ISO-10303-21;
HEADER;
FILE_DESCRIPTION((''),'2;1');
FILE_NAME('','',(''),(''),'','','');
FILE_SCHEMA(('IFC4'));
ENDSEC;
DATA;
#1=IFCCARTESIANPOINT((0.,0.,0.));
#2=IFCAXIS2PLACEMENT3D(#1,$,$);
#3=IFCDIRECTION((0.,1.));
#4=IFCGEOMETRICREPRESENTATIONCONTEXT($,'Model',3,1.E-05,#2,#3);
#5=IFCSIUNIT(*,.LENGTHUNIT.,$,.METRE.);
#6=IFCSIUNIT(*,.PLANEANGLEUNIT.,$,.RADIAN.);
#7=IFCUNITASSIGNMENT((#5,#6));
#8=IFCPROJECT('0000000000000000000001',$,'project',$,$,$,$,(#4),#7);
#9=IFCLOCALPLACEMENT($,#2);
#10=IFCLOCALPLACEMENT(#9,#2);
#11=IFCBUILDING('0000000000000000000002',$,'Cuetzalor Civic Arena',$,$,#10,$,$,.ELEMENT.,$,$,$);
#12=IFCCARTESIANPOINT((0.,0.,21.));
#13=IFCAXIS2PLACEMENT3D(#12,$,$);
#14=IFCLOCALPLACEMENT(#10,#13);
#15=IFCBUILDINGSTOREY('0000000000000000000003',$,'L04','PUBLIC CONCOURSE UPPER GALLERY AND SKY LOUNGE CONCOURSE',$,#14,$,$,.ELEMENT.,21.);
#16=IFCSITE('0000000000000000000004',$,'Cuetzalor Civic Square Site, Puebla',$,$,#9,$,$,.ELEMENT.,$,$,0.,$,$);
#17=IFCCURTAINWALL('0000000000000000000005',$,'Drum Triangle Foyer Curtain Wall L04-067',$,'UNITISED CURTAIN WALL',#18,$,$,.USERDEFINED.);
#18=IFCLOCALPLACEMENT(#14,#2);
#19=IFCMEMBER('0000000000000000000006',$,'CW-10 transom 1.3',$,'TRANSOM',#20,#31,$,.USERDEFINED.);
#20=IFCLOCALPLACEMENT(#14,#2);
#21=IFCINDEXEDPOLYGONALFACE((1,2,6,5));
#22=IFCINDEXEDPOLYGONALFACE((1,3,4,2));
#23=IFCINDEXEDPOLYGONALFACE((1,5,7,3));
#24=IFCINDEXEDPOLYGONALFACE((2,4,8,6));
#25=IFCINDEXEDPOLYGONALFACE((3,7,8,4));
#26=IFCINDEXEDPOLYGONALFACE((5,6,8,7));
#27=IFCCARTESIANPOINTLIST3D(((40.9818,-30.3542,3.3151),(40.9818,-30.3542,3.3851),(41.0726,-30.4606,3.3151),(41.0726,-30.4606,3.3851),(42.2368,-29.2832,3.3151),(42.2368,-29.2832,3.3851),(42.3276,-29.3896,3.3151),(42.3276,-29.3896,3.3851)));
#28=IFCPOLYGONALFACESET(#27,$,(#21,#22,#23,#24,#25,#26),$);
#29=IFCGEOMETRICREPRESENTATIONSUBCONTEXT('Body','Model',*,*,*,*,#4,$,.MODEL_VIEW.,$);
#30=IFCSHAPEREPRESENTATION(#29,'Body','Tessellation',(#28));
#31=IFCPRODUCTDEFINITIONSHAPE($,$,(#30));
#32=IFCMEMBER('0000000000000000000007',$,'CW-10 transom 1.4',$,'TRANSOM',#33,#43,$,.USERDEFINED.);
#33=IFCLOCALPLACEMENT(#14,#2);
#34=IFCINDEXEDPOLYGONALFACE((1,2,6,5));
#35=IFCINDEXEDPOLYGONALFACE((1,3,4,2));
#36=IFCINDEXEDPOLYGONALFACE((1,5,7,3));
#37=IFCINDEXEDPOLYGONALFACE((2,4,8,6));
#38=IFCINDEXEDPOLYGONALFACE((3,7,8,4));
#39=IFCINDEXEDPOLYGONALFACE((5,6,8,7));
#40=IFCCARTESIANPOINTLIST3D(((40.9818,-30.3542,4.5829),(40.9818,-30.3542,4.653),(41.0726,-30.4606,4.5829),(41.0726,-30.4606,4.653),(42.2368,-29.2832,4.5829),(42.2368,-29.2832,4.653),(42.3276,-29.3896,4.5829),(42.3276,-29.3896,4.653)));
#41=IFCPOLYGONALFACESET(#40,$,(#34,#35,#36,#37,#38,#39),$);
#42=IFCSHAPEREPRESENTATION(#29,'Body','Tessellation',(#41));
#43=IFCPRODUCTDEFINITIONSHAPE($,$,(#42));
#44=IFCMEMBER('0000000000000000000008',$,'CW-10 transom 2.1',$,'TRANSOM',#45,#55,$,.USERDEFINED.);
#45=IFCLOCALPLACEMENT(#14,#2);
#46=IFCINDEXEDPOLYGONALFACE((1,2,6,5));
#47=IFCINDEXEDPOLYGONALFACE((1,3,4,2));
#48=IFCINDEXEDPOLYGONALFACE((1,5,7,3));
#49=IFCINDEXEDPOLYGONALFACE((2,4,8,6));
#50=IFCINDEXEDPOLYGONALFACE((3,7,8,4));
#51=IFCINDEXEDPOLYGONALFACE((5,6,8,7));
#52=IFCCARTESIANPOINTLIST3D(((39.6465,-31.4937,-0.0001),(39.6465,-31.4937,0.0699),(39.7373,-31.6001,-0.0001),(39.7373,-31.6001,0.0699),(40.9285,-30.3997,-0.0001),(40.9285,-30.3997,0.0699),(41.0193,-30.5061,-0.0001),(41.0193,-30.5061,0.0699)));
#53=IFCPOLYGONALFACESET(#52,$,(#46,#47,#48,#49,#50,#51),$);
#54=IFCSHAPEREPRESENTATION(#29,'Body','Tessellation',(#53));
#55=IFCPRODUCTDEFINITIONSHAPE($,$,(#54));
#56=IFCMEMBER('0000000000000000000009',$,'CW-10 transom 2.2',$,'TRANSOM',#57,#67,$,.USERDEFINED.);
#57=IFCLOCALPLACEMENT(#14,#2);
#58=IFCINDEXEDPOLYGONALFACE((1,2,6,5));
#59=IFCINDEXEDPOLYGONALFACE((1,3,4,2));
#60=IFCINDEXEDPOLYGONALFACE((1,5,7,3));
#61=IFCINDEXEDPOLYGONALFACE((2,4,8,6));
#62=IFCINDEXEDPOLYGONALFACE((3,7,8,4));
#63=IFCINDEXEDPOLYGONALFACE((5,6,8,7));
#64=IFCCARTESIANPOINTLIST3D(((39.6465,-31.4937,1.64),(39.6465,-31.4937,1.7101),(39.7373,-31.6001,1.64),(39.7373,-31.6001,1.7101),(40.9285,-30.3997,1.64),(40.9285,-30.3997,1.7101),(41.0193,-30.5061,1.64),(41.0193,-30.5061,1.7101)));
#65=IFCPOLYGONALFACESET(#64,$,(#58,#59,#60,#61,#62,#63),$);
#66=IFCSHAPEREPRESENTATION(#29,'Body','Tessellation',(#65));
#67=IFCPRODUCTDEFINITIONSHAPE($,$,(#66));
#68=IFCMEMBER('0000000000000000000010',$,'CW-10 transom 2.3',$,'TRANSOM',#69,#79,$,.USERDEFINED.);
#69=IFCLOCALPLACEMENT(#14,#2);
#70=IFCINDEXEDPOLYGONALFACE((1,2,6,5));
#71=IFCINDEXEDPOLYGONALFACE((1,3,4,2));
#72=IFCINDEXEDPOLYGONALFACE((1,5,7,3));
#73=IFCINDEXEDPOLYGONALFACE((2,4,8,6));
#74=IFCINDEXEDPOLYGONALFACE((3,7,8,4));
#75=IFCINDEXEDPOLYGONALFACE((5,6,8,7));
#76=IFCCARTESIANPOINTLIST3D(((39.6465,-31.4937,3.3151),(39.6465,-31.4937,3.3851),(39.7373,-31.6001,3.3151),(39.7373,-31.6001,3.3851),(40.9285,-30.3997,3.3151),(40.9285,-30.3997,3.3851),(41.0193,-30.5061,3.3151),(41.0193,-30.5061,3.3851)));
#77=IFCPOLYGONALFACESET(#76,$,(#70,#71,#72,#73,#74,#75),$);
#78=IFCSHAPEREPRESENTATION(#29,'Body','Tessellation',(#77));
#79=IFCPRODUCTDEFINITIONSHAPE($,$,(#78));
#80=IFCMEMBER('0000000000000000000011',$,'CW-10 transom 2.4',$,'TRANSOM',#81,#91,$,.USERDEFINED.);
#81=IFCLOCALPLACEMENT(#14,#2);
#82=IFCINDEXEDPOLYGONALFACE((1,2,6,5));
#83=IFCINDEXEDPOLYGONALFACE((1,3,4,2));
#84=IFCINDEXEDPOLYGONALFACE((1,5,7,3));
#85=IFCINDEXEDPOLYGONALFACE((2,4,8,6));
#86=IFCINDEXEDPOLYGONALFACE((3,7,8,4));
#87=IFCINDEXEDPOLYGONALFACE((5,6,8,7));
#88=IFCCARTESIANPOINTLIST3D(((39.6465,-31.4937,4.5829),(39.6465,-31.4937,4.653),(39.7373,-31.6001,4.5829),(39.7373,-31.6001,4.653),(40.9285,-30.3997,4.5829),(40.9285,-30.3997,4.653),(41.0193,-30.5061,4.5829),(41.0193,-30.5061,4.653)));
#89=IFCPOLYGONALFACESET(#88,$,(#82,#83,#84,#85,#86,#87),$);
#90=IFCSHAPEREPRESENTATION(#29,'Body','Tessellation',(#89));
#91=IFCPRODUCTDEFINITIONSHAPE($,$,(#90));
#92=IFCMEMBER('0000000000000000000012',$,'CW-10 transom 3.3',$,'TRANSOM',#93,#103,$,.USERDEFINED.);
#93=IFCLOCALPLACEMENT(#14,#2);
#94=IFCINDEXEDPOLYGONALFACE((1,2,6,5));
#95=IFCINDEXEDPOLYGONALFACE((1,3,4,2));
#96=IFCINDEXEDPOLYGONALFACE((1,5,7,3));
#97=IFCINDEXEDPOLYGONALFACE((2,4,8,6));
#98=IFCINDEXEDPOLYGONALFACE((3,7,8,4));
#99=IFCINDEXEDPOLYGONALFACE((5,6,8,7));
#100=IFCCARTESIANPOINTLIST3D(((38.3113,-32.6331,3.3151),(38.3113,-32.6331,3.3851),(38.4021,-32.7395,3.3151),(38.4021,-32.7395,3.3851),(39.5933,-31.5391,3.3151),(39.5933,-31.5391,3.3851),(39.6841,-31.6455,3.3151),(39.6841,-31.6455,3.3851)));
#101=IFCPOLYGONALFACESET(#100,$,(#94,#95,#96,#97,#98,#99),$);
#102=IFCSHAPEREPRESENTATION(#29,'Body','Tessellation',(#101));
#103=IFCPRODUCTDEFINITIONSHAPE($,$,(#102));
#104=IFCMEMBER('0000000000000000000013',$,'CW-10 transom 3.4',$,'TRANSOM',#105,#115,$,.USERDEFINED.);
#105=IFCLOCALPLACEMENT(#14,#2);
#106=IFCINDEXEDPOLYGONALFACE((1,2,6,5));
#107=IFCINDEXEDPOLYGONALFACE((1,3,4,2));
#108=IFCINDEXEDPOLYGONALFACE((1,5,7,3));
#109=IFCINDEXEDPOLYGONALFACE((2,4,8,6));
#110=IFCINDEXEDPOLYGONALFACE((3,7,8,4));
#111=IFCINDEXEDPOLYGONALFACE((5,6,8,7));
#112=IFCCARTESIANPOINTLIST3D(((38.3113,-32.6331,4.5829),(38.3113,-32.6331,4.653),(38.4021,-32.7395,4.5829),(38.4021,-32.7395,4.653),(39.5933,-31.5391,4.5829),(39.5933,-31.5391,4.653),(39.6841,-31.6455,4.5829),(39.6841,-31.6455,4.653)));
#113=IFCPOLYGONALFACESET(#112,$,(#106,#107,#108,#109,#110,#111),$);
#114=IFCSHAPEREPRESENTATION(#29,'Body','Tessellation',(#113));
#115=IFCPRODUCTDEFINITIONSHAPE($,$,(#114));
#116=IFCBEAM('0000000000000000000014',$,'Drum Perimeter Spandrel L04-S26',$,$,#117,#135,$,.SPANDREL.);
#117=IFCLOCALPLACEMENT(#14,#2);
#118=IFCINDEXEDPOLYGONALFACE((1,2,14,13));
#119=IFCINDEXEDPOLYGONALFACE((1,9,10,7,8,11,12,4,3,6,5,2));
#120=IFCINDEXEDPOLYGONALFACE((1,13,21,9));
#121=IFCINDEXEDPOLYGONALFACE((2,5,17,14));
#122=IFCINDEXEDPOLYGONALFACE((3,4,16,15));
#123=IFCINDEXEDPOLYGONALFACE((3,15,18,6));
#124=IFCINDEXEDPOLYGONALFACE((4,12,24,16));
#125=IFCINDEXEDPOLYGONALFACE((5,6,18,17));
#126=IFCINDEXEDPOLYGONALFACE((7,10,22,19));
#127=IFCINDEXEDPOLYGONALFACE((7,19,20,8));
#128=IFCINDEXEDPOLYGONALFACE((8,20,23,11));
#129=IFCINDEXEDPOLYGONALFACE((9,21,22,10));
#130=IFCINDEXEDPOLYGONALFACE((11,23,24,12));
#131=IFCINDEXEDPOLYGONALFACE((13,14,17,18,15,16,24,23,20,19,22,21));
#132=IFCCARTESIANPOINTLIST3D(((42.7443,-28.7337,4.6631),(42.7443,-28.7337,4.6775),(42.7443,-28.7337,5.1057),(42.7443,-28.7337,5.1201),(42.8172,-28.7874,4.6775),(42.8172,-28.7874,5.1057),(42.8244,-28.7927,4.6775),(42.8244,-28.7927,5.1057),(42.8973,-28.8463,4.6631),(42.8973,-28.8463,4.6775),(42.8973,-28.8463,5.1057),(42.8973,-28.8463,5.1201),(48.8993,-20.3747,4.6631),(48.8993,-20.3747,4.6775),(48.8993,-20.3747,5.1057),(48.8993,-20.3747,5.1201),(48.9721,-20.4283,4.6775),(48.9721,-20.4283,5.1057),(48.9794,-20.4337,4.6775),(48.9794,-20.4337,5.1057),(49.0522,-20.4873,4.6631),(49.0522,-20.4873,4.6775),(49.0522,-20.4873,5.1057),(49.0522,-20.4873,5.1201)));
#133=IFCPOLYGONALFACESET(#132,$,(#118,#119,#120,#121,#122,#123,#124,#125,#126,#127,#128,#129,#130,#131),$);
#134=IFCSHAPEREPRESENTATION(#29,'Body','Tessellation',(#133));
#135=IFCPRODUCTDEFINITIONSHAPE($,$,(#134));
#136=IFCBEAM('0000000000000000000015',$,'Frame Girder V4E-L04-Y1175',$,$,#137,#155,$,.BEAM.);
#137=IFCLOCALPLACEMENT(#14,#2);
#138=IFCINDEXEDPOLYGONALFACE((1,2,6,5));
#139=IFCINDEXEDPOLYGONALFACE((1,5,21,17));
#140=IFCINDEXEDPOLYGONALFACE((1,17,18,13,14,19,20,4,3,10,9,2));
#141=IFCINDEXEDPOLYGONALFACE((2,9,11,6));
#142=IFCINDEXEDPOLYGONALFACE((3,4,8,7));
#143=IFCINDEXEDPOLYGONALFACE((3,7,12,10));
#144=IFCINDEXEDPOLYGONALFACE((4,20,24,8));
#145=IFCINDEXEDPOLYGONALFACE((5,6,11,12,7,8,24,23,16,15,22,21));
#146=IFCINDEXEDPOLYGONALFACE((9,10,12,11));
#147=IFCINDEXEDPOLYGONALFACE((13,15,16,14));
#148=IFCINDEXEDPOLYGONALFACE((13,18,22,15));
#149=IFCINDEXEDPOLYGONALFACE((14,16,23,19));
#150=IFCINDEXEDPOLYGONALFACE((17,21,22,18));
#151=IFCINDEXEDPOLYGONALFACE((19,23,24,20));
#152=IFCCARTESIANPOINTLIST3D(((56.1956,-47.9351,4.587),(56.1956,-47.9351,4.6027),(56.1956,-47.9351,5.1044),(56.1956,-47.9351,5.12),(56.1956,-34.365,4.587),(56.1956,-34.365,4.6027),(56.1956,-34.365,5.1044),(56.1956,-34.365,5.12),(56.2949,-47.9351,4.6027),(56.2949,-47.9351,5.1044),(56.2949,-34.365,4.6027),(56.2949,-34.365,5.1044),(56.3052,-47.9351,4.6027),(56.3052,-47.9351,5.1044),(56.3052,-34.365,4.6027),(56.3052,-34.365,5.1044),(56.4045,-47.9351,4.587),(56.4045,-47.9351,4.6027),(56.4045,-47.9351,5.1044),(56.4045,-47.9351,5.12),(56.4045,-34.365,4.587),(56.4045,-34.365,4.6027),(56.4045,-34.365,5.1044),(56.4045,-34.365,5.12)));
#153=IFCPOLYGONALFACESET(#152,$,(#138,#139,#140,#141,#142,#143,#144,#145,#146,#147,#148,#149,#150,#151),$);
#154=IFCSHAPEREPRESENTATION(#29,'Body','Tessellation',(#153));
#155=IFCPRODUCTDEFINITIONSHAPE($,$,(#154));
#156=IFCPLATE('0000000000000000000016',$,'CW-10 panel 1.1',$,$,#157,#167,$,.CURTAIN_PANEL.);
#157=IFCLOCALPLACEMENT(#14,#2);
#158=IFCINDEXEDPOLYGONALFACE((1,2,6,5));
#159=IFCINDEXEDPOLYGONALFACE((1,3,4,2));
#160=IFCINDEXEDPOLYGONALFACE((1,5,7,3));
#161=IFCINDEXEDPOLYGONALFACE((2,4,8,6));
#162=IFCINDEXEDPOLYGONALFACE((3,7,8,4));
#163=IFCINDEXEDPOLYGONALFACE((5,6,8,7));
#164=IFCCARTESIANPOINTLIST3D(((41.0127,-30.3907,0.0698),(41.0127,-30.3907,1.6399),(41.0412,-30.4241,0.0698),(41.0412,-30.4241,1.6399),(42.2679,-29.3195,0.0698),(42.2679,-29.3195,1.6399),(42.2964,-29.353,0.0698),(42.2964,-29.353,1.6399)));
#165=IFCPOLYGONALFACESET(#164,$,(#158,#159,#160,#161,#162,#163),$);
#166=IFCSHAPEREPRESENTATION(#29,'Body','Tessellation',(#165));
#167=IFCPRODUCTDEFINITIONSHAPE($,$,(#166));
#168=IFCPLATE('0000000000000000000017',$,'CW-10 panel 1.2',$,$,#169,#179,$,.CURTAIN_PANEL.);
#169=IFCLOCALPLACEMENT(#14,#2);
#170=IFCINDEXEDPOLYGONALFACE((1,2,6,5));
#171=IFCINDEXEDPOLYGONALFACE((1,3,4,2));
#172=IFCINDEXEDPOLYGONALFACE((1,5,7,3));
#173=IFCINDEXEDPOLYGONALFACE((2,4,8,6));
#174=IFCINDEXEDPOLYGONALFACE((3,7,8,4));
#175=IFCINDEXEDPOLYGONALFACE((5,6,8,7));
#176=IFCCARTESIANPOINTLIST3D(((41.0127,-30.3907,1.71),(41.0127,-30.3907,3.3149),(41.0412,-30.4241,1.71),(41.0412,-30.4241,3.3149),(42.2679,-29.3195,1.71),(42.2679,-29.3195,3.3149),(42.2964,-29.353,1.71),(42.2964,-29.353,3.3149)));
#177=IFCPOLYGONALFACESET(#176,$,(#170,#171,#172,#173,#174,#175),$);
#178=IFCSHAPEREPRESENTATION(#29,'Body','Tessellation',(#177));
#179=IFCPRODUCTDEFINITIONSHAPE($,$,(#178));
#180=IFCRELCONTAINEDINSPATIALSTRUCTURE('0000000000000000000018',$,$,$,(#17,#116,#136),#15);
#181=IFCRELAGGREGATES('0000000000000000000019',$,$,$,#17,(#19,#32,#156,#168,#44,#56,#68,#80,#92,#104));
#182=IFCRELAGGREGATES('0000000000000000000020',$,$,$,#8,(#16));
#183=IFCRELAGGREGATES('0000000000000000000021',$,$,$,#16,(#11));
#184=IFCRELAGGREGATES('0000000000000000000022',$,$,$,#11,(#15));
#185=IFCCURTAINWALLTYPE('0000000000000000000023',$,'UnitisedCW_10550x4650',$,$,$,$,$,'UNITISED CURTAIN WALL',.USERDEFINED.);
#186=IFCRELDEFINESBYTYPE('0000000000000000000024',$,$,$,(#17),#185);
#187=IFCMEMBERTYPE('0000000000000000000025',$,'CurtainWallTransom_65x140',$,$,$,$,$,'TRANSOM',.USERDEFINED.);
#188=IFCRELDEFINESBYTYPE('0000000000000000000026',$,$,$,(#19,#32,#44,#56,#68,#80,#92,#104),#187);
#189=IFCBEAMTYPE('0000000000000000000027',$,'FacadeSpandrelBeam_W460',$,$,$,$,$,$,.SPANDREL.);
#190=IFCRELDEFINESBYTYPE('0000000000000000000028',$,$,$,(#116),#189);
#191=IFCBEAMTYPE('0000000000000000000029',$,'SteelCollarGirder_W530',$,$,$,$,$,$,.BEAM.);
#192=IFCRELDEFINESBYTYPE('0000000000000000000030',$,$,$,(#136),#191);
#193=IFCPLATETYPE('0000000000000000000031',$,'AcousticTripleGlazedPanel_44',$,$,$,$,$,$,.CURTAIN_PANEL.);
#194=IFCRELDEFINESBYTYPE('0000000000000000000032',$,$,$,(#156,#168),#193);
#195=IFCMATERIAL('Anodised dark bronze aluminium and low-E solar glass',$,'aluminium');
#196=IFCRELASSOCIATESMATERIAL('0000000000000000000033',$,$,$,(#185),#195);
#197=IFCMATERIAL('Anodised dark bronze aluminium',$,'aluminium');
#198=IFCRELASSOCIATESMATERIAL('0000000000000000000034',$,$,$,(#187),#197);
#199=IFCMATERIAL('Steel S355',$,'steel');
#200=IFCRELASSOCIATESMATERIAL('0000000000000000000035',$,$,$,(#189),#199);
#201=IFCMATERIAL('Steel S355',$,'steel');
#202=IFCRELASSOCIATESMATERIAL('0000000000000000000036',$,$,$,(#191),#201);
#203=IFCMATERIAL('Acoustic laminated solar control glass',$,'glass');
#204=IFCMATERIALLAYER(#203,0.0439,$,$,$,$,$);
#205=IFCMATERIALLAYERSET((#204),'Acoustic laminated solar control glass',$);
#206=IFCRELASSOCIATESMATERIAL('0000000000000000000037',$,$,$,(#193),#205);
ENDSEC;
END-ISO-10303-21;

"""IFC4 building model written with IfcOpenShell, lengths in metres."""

from ifc_helpers import new_model, si_unit, direction, frame, origin, origin_2d, place, context, subcontext, project, spatial, rectangle, i_section, extrude, material, layer, layer_set, material_profile, profile_set, type_object, element, aggregate, save


model = new_model("IFC4")

# Units and contexts
model_context = context("Model", 3, precision=1e-05, world=origin(), true_north=direction((0.0, 1.0)))
body_context = subcontext(model_context, "Body", "Model", "MODEL_VIEW")
ifc_project = project(units=[si_unit("LENGTHUNIT", "METRE"), si_unit("PLANEANGLEUNIT", "RADIAN")], contexts=[model_context])

# Site, building, storey
site_placement = place(None, origin())
site = spatial("IfcSite", under=ifc_project, at=site_placement, Name="Cuetzalor Civic Square Site, Puebla", CompositionType="ELEMENT", RefElevation=0.0)
building_placement = place(site_placement, origin())
building = spatial("IfcBuilding", under=site, at=building_placement, Name="Cuetzalor Civic Arena", CompositionType="ELEMENT")
storey_placement = place(building_placement, frame((0.0, 0.0, 21.0)))
storey = spatial("IfcBuildingStorey", under=building, at=storey_placement, Name="L04", Description="PUBLIC CONCOURSE UPPER GALLERY AND SKY LOUNGE CONCOURSE", CompositionType="ELEMENT", Elevation=21.0)

# Curtain wall, members
ifc_material_1 = material(Name="Anodised dark bronze aluminium and low-E solar glass", Category="aluminium")
curtain_wall_type = type_object("IfcCurtainWallType", Name="UnitisedCW_10550x4650", ElementType="UNITISED CURTAIN WALL", PredefinedType="USERDEFINED", material=ifc_material_1)
curtain_wall_placement = place(storey_placement, origin())
curtain_wall = element("IfcCurtainWall", 1, at=curtain_wall_placement, inside=storey, type_object=curtain_wall_type, Name="Drum Triangle Foyer Curtain Wall L04-067", ObjectType="UNITISED CURTAIN WALL", PredefinedType="USERDEFINED")
ifc_material_2 = material(Name="Anodised dark bronze aluminium", Category="aluminium")
ifc_material_profile_1 = material_profile(ifc_material_2, rectangle(XDim=0.1399, YDim=0.0701, at=origin_2d()), Name="ALU TRANSOM 70x140")
ifc_profile_set_1 = profile_set([ifc_material_profile_1], Name="Anodised dark bronze aluminium")
member_type_1 = type_object("IfcMemberType", Name="CurtainWallTransom_65x140", ElementType="TRANSOM", PredefinedType="USERDEFINED", material=ifc_profile_set_1)
member_1_placement = place(storey_placement, frame((42.2822, -29.3364, 3.3501), z_axis=(-0.760686, -0.64912, 0.0), x_axis=(0.64912, -0.760686, 0.0)))
member_1 = element("IfcMember", 2, at=member_1_placement, type_object=member_type_1, Name="CW-10 transom 1.3", ObjectType="TRANSOM", PredefinedType="USERDEFINED", context=body_context, shape_type="SweptSolid", body=[
    extrude(rectangle(XDim=0.1399, YDim=0.0701, at=origin_2d()), origin(), (0.0, 0.0, 1.0), 1.6499),
])
member_2_placement = place(storey_placement, frame((42.2822, -29.3364, 4.6179), z_axis=(-0.760686, -0.64912, 0.0), x_axis=(0.64912, -0.760686, 0.0)))
member_2 = element("IfcMember", 3, at=member_2_placement, type_object=member_type_1, Name="CW-10 transom 1.4", ObjectType="TRANSOM", PredefinedType="USERDEFINED", context=body_context, shape_type="SweptSolid", body=[
    extrude(rectangle(XDim=0.1399, YDim=0.0701, at=origin_2d()), origin(), (0.0, 0.0, 1.0), 1.6499),
])
member_3_placement = place(storey_placement, frame((40.9739, -30.4529, 0.0349), z_axis=(-0.760676, -0.649132, 0.0), x_axis=(0.649132, -0.760676, 0.0)))
member_3 = element("IfcMember", 4, at=member_3_placement, type_object=member_type_1, Name="CW-10 transom 2.1", ObjectType="TRANSOM", PredefinedType="USERDEFINED", context=body_context, shape_type="SweptSolid", body=[
    extrude(rectangle(XDim=0.1399, YDim=0.0701, at=origin_2d()), origin(), (0.0, 0.0, 1.0), 1.6853),
])
member_4_placement = place(storey_placement, frame((40.9739, -30.4529, 1.675), z_axis=(-0.760676, -0.649132, 0.0), x_axis=(0.649132, -0.760676, 0.0)))
member_4 = element("IfcMember", 5, at=member_4_placement, type_object=member_type_1, Name="CW-10 transom 2.2", ObjectType="TRANSOM", PredefinedType="USERDEFINED", context=body_context, shape_type="SweptSolid", body=[
    extrude(rectangle(XDim=0.1399, YDim=0.0701, at=origin_2d()), origin(), (0.0, 0.0, 1.0), 1.6853),
])
member_5_placement = place(storey_placement, frame((40.9739, -30.4529, 3.3501), z_axis=(-0.760676, -0.649132, 0.0), x_axis=(0.649132, -0.760676, 0.0)))
member_5 = element("IfcMember", 6, at=member_5_placement, type_object=member_type_1, Name="CW-10 transom 2.3", ObjectType="TRANSOM", PredefinedType="USERDEFINED", context=body_context, shape_type="SweptSolid", body=[
    extrude(rectangle(XDim=0.1399, YDim=0.0701, at=origin_2d()), origin(), (0.0, 0.0, 1.0), 1.6853),
])
member_6_placement = place(storey_placement, frame((40.9739, -30.4529, 4.6179), z_axis=(-0.760676, -0.649132, 0.0), x_axis=(0.649132, -0.760676, 0.0)))
member_6 = element("IfcMember", 7, at=member_6_placement, type_object=member_type_1, Name="CW-10 transom 2.4", ObjectType="TRANSOM", PredefinedType="USERDEFINED", context=body_context, shape_type="SweptSolid", body=[
    extrude(rectangle(XDim=0.1399, YDim=0.0701, at=origin_2d()), origin(), (0.0, 0.0, 1.0), 1.6853),
])
member_7_placement = place(storey_placement, frame((39.6387, -31.5923, 3.3501), z_axis=(-0.760676, -0.649132, 0.0), x_axis=(0.649132, -0.760676, 0.0)))
member_7 = element("IfcMember", 8, at=member_7_placement, type_object=member_type_1, Name="CW-10 transom 3.3", ObjectType="TRANSOM", PredefinedType="USERDEFINED", context=body_context, shape_type="SweptSolid", body=[
    extrude(rectangle(XDim=0.1399, YDim=0.0701, at=origin_2d()), origin(), (0.0, 0.0, 1.0), 1.6853),
])
member_8_placement = place(storey_placement, frame((39.6387, -31.5923, 4.6179), z_axis=(-0.760676, -0.649132, 0.0), x_axis=(0.649132, -0.760676, 0.0)))
member_8 = element("IfcMember", 9, at=member_8_placement, type_object=member_type_1, Name="CW-10 transom 3.4", ObjectType="TRANSOM", PredefinedType="USERDEFINED", context=body_context, shape_type="SweptSolid", body=[
    extrude(rectangle(XDim=0.1399, YDim=0.0701, at=origin_2d()), origin(), (0.0, 0.0, 1.0), 1.6853),
])

# Beams
ifc_material_3 = material(Name="Steel S355", Category="steel")
ifc_material_profile_2 = material_profile(ifc_material_3, i_section(OverallWidth=0.1899, OverallDepth=0.457, WebThickness=0.009, FlangeThickness=0.0144, at=origin_2d()), Name="W460x74")
ifc_profile_set_2 = profile_set([ifc_material_profile_2], Name="Steel S355")
beam_type_1 = type_object("IfcBeamType", Name="FacadeSpandrelBeam_W460", PredefinedType="SPANDREL", material=ifc_profile_set_2)
beam_1_placement = place(storey_placement, frame((42.8208, -28.79, 4.8916), z_axis=(0.592929, 0.805255, 0.0), x_axis=(-0.805255, 0.592929, 0.0)))
element("IfcBeam", 10, at=beam_1_placement, inside=storey, type_object=beam_type_1, Name="Drum Perimeter Spandrel L04-S26", PredefinedType="SPANDREL", context=body_context, shape_type="SweptSolid", body=[
    extrude(i_section(OverallWidth=0.1899, OverallDepth=0.457, WebThickness=0.009, FlangeThickness=0.0144, at=origin_2d()), origin(), (0.0, 0.0, 1.0), 10.3806),
])
ifc_material_4 = material(Name="Steel S355", Category="steel")
ifc_material_profile_3 = material_profile(ifc_material_4, i_section(OverallWidth=0.209, OverallDepth=0.533, WebThickness=0.0103, FlangeThickness=0.0156, at=origin_2d()), Name="W530x92")
ifc_profile_set_3 = profile_set([ifc_material_profile_3], Name="Steel S355")
beam_type_2 = type_object("IfcBeamType", Name="SteelCollarGirder_W530", PredefinedType="BEAM", material=ifc_profile_set_3)
beam_2_placement = place(storey_placement, frame((56.3, -47.9351, 4.8535), z_axis=(0.0, 1.0, 0.0), x_axis=(-1.0, 0.0, 0.0)))
element("IfcBeam", 11, at=beam_2_placement, inside=storey, type_object=beam_type_2, Name="Frame Girder V4E-L04-Y1175", PredefinedType="BEAM", context=body_context, shape_type="SweptSolid", body=[
    extrude(i_section(OverallWidth=0.209, OverallDepth=0.533, WebThickness=0.0103, FlangeThickness=0.0156, at=origin_2d()), origin(), (0.0, 0.0, 1.0), 13.5701),
])

# Plates
ifc_material_5 = material(Name="Acoustic laminated solar control glass", Category="glass")
ifc_layer_1 = layer(ifc_material_5, 0.0439)
ifc_layer_set_1 = layer_set([ifc_layer_1], Name="Acoustic laminated solar control glass")
plate_type = type_object("IfcPlateType", Name="AcousticTripleGlazedPanel_44", PredefinedType="CURTAIN_PANEL", material=ifc_layer_set_1)
plate_1_placement = place(storey_placement, frame((41.6545, -29.8718, 0.0698), z_axis=(0.0, 0.0, 1.0), x_axis=(-0.760677, -0.64913, 0.0)))
plate_1 = element("IfcPlate", 12, at=plate_1_placement, type_object=plate_type, Name="CW-10 panel 1.1", PredefinedType="CURTAIN_PANEL", context=body_context, shape_type="SweptSolid", body=[
    extrude(rectangle(XDim=1.6501, YDim=0.0439, at=origin_2d()), origin(), (0.0, 0.0, 1.0), 1.5701),
])
plate_2_placement = place(storey_placement, frame((41.6545, -29.8718, 1.71), z_axis=(0.0, 0.0, 1.0), x_axis=(-0.760677, -0.64913, 0.0)))
plate_2 = element("IfcPlate", 13, at=plate_2_placement, type_object=plate_type, Name="CW-10 panel 1.2", PredefinedType="CURTAIN_PANEL", context=body_context, shape_type="SweptSolid", body=[
    extrude(rectangle(XDim=1.6501, YDim=0.0439, at=origin_2d()), origin(), (0.0, 0.0, 1.0), 1.605),
])
aggregate(curtain_wall, [member_1, member_2, plate_1, plate_2, member_3, member_4, member_5, member_6, member_7, member_8])

save(model, "model.ifc")
